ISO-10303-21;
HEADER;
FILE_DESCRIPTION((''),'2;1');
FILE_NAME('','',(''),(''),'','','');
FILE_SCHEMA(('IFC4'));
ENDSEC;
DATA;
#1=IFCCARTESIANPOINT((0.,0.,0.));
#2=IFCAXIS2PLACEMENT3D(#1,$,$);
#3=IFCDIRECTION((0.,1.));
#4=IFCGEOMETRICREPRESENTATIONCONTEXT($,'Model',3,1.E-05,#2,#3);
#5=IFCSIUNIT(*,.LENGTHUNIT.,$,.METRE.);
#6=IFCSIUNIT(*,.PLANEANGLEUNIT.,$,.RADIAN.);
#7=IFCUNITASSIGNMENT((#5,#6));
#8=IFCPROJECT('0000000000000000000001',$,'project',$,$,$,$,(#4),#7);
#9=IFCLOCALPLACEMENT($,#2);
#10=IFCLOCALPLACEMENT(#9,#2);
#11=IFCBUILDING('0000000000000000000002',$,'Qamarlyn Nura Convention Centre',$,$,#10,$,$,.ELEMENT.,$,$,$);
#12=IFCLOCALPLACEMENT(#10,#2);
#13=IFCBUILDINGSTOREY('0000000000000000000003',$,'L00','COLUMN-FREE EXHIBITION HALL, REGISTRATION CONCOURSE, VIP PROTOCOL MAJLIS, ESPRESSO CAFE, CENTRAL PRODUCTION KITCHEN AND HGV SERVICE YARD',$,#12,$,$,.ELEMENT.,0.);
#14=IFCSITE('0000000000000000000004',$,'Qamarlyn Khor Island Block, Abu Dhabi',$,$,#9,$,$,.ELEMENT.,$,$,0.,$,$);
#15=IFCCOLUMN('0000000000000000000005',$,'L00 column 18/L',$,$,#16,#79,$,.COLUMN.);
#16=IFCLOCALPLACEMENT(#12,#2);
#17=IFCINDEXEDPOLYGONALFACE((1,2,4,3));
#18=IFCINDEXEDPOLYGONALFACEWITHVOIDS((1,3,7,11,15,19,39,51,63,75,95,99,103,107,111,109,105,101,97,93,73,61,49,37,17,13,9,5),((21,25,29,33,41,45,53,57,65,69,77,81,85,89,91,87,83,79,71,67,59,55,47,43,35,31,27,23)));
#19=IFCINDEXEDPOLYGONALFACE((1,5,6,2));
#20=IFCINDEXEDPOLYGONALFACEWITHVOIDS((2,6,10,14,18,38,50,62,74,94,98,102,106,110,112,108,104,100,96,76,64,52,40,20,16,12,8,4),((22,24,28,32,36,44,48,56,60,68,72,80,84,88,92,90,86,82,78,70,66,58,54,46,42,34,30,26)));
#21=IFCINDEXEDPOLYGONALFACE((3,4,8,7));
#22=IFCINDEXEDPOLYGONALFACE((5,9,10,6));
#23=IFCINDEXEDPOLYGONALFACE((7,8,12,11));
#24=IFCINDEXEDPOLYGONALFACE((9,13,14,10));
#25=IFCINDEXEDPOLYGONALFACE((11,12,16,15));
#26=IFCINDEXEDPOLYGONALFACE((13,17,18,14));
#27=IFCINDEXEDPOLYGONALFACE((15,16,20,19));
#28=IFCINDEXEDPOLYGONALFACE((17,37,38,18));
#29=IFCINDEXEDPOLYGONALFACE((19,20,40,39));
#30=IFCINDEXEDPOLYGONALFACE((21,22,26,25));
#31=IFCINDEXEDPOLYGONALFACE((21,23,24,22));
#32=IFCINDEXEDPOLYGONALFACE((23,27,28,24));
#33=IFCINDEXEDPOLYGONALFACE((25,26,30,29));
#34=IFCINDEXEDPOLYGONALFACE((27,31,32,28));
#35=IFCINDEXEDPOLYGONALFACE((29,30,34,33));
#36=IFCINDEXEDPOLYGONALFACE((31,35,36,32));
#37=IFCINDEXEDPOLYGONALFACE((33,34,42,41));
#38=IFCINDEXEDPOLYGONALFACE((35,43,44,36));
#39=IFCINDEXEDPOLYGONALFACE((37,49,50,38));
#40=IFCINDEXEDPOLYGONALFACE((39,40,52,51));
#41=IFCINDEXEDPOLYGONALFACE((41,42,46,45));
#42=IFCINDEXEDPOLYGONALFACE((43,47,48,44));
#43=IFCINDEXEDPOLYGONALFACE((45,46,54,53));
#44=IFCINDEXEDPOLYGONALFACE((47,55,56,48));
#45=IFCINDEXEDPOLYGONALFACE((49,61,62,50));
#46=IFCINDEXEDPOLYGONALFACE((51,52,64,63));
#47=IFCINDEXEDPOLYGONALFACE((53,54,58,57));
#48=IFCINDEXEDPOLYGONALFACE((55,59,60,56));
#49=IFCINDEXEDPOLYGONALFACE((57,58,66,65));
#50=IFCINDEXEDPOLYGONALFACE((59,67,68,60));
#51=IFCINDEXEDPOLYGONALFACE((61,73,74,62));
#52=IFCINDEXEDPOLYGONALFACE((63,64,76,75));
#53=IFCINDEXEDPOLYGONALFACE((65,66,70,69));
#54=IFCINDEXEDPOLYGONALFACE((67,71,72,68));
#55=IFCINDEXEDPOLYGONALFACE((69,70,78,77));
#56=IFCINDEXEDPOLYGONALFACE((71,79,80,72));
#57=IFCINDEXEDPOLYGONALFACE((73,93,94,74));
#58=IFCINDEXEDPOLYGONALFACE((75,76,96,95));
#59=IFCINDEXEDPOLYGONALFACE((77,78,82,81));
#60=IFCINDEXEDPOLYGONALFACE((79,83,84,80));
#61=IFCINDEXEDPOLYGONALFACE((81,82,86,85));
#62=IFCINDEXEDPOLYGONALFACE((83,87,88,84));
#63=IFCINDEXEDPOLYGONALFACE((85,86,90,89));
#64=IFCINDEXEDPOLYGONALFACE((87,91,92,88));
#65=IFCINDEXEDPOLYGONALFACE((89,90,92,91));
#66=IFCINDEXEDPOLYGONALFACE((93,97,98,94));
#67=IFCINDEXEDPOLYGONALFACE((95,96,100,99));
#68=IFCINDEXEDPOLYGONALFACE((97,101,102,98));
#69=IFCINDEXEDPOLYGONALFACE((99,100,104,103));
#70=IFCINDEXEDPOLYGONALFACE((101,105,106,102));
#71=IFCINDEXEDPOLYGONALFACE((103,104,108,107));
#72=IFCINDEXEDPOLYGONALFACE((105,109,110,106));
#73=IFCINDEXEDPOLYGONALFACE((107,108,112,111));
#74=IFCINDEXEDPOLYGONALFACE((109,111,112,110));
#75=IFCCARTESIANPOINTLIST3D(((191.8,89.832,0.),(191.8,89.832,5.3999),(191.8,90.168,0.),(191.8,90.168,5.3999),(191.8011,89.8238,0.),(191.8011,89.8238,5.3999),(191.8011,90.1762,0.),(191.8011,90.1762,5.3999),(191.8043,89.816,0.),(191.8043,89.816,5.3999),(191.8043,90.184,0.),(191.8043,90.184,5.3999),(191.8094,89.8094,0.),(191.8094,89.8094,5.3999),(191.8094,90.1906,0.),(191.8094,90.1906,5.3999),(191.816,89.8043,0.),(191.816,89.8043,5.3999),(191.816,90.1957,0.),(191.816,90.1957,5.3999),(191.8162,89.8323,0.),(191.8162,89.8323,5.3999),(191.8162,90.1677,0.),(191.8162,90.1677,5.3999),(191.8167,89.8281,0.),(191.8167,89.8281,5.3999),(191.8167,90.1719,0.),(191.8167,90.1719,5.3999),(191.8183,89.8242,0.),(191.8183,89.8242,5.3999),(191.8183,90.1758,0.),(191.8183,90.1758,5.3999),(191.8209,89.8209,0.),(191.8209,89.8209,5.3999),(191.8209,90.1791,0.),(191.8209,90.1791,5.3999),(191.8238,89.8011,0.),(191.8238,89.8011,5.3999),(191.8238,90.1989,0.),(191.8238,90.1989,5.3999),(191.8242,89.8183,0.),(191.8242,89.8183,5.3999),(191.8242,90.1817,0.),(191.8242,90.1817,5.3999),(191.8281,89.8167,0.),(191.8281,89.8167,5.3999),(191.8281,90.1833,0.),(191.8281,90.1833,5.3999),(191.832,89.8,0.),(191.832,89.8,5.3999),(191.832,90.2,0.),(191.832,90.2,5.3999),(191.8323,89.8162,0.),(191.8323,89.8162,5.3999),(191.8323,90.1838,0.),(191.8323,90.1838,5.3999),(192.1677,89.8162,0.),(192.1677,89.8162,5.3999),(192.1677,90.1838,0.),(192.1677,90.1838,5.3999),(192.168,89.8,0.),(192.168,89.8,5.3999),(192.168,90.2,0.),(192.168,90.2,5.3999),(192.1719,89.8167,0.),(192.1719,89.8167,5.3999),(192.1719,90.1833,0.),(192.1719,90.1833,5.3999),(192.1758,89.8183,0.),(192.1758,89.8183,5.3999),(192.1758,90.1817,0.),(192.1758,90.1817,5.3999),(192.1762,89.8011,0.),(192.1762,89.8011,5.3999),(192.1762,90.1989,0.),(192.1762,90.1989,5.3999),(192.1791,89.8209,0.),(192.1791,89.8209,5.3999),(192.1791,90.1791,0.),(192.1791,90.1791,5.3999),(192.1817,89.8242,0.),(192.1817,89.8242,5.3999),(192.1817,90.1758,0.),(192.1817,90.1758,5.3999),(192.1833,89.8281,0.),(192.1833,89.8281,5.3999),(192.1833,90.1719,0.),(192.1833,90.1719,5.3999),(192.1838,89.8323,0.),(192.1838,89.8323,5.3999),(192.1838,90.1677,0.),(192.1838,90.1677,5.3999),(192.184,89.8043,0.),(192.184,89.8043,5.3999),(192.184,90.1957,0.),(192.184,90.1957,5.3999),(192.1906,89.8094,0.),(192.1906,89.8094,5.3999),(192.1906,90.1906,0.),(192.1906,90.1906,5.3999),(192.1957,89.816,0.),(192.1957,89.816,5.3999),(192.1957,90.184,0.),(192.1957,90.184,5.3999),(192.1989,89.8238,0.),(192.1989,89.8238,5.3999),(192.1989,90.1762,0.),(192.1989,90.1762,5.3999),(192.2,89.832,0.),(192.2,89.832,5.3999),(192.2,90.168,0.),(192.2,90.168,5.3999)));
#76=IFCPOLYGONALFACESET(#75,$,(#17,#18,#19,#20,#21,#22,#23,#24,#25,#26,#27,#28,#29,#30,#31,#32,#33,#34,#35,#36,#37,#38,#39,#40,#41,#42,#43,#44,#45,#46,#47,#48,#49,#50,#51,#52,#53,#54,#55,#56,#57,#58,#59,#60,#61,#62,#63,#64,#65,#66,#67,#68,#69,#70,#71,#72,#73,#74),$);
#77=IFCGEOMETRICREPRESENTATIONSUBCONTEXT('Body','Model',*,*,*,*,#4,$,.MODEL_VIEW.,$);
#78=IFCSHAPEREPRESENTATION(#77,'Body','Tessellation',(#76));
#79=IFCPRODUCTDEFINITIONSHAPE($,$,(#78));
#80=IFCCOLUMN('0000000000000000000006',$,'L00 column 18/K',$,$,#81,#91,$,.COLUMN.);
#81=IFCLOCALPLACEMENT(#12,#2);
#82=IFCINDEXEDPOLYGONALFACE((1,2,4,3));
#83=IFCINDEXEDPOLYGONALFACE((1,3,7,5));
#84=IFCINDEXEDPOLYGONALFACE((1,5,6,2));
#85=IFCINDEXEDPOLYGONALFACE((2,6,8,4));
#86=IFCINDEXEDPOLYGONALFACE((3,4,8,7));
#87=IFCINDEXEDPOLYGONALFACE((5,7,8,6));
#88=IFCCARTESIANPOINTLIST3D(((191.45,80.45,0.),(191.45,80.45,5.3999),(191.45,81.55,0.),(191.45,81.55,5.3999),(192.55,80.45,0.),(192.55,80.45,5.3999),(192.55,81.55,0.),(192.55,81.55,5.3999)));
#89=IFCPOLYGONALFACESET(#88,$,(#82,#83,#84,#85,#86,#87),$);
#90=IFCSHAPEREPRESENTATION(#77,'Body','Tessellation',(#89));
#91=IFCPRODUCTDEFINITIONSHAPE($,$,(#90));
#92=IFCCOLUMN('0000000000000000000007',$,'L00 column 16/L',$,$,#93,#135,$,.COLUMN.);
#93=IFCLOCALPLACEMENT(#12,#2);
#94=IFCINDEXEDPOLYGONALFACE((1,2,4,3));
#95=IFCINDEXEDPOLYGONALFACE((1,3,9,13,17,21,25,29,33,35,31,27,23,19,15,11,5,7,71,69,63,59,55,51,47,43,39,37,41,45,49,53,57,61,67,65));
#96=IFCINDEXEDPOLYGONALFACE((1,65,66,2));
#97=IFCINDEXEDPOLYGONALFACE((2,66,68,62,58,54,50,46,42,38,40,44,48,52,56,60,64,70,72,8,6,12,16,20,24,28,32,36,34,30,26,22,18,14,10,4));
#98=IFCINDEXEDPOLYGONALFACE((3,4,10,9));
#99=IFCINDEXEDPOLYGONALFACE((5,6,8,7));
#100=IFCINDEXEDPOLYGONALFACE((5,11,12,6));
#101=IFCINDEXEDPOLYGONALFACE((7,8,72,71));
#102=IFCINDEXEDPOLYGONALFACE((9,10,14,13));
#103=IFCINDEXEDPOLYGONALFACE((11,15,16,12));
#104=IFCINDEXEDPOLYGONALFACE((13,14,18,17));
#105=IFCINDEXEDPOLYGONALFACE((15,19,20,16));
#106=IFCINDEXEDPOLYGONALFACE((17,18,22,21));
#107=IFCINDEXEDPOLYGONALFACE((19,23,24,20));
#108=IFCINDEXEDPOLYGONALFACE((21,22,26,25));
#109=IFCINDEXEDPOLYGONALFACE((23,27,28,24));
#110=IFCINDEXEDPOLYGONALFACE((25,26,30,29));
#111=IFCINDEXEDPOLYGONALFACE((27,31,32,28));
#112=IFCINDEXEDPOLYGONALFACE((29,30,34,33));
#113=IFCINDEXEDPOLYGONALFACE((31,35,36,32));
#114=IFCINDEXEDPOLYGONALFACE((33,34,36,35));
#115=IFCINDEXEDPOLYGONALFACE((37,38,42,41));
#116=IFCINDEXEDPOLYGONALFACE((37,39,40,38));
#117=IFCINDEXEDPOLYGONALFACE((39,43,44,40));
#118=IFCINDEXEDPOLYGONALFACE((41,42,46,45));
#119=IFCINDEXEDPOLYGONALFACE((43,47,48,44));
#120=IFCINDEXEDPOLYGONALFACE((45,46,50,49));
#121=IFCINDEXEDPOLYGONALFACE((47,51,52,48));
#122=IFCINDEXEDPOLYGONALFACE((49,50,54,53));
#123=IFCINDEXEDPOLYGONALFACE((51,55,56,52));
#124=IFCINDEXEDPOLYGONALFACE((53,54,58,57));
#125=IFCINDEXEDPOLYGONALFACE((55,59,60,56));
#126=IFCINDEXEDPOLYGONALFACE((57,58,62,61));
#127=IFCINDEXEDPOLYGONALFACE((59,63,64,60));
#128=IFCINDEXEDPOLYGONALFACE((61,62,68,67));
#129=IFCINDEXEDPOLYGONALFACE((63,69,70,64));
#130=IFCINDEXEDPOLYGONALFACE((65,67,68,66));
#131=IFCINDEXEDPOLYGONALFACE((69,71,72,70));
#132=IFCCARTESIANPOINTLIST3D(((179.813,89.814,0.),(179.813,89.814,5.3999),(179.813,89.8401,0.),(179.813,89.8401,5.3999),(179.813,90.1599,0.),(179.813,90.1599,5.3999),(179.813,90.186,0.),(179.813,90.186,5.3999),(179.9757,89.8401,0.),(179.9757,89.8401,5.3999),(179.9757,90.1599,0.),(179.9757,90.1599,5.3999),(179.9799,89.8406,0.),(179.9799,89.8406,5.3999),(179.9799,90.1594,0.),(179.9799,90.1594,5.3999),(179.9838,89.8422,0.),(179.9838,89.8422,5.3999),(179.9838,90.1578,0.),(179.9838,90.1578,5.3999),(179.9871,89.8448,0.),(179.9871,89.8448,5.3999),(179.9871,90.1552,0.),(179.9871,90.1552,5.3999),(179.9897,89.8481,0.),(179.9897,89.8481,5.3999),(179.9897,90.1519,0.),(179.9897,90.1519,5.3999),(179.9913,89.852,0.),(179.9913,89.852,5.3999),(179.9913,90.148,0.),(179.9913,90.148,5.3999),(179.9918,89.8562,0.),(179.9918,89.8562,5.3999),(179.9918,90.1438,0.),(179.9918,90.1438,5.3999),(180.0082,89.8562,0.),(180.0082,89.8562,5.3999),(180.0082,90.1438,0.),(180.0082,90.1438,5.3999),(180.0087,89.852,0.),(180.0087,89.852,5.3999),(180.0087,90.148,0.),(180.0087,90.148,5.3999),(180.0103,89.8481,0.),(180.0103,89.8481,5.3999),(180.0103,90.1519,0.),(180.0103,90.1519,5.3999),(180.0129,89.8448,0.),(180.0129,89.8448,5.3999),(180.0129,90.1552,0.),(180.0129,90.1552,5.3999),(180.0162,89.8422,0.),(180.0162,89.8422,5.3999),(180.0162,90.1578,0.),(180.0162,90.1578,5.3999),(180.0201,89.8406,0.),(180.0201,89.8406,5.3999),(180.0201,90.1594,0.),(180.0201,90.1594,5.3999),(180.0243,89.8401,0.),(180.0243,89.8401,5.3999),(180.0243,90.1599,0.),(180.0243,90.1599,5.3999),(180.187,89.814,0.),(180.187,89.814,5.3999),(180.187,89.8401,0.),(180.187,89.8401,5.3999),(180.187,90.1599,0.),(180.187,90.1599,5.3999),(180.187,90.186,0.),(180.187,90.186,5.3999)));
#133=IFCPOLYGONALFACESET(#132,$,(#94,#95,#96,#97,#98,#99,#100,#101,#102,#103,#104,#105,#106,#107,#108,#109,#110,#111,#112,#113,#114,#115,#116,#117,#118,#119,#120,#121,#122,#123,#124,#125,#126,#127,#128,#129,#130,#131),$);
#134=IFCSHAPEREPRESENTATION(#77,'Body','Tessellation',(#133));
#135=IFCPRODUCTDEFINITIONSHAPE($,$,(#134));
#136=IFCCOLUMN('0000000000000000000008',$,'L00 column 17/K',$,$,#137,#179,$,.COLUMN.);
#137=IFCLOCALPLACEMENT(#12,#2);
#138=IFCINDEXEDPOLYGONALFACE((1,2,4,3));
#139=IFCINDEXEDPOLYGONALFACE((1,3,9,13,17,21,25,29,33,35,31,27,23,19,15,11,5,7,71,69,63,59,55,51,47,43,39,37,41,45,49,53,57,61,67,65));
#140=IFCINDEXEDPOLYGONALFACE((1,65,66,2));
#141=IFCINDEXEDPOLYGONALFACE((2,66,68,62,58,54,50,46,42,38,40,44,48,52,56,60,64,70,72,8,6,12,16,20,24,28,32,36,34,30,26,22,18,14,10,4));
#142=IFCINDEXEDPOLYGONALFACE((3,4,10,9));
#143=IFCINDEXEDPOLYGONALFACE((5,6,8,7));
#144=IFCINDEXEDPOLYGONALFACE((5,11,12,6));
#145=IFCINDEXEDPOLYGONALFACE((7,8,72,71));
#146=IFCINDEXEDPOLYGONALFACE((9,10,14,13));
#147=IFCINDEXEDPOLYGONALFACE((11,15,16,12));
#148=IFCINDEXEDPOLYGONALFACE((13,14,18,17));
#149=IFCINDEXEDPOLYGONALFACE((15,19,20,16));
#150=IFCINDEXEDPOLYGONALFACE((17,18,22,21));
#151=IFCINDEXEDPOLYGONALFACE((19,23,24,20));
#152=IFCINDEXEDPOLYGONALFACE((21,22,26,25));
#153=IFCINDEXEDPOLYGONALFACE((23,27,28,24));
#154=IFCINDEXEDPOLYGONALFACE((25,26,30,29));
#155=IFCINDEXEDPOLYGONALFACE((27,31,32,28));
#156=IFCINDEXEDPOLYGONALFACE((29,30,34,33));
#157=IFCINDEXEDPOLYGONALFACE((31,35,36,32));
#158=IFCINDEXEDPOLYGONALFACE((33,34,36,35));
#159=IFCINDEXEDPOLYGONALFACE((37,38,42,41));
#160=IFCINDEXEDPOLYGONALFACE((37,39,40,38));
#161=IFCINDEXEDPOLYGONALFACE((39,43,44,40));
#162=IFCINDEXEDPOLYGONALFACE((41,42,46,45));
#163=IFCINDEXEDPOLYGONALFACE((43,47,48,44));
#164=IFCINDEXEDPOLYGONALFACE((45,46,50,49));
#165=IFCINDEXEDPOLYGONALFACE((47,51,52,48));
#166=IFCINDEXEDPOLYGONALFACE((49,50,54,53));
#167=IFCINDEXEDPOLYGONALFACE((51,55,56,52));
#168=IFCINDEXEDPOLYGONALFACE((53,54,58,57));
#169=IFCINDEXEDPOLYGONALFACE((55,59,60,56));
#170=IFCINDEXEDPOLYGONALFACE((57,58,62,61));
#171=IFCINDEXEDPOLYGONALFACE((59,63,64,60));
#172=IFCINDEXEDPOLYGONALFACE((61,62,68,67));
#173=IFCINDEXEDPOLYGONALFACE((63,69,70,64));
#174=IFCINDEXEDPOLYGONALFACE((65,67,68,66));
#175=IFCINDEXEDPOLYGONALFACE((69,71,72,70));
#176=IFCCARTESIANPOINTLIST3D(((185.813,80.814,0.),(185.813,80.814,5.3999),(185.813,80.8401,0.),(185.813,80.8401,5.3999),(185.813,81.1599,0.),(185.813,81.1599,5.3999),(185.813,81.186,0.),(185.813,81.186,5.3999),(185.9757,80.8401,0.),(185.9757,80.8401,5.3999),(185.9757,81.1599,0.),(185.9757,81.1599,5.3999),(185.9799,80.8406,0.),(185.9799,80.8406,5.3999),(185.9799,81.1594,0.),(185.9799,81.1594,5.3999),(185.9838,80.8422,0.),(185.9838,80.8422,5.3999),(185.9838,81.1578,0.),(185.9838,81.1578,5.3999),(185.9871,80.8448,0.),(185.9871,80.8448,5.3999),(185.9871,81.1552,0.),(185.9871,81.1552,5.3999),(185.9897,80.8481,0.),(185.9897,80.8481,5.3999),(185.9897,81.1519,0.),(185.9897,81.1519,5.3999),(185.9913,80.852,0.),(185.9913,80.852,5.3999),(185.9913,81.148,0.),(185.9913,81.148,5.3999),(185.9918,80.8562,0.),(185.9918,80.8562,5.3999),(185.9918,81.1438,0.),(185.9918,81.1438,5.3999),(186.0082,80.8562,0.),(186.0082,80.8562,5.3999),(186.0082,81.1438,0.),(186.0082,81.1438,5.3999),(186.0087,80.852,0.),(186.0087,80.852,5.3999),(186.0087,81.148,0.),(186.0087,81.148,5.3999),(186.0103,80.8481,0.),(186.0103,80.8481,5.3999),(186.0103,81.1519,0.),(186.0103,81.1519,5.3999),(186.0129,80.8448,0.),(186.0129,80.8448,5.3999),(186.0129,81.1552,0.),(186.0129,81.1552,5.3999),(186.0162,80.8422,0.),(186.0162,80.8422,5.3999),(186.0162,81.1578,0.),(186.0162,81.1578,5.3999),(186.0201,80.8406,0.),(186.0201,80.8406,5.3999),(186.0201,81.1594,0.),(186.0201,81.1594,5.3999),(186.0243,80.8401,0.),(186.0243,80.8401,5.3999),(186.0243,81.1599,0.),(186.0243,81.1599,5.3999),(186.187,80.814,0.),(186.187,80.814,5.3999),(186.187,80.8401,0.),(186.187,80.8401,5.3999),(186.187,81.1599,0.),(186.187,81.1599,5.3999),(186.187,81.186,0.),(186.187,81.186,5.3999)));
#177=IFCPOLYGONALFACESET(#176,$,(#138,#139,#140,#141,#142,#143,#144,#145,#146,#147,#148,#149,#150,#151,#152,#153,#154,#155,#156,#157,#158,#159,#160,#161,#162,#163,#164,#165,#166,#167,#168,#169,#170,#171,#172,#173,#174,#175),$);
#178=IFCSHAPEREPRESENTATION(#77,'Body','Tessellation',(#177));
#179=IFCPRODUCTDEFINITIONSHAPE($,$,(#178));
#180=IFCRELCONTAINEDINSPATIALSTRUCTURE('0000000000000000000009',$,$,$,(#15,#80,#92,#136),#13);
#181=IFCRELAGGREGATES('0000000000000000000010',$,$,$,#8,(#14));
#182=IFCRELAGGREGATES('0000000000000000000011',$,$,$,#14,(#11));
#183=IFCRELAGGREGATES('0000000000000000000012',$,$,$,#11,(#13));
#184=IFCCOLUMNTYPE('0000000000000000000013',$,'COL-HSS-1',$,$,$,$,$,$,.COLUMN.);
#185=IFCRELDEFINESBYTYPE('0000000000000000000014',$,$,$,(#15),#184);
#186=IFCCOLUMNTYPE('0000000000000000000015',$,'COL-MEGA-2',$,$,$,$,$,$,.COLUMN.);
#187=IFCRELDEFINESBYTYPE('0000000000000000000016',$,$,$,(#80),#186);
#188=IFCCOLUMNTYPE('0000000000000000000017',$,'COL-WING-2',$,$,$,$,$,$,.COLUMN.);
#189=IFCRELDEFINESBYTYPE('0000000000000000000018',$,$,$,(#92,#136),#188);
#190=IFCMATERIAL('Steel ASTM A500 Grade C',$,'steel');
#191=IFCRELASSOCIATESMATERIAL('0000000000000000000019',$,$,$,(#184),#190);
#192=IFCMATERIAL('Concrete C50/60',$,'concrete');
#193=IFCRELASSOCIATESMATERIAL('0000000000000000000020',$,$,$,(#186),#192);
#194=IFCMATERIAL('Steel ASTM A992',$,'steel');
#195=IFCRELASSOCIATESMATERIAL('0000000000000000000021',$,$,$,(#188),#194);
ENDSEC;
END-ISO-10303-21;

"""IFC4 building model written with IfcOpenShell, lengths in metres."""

from ifc_helpers import new_model, si_unit, direction, frame, origin, origin_2d, place, context, subcontext, project, spatial, rectangle, hollow_rectangle, i_section, extrude, material, material_profile, profile_set, type_object, element, save


model = new_model("IFC4")

# Units and contexts
model_context = context("Model", 3, precision=1e-05, world=origin(), true_north=direction((0.0, 1.0)))
body_context = subcontext(model_context, "Body", "Model", "MODEL_VIEW")
ifc_project = project(units=[si_unit("LENGTHUNIT", "METRE"), si_unit("PLANEANGLEUNIT", "RADIAN")], contexts=[model_context])

# Site, building, storey
site_placement = place(None, origin())
site = spatial("IfcSite", under=ifc_project, at=site_placement, Name="Qamarlyn Khor Island Block, Abu Dhabi", CompositionType="ELEMENT", RefElevation=0.0)
building_placement = place(site_placement, origin())
building = spatial("IfcBuilding", under=site, at=building_placement, Name="Qamarlyn Nura Convention Centre", CompositionType="ELEMENT")
storey_placement = place(building_placement, origin())
storey = spatial("IfcBuildingStorey", under=building, at=storey_placement, Name="L00", Description="COLUMN-FREE EXHIBITION HALL, REGISTRATION CONCOURSE, VIP PROTOCOL MAJLIS, ESPRESSO CAFE, CENTRAL PRODUCTION KITCHEN AND HGV SERVICE YARD", CompositionType="ELEMENT", Elevation=0.0)

# Columns
ifc_material_1 = material(Name="Steel ASTM A500 Grade C", Category="steel")
ifc_material_profile_1 = material_profile(ifc_material_1, hollow_rectangle(XDim=0.3999, YDim=0.3999, WallThickness=0.0161, InnerFilletRadius=0.0161, OuterFilletRadius=0.032, at=origin_2d()), Name="HSS400X400X16")
ifc_profile_set_1 = profile_set([ifc_material_profile_1], Name="Steel ASTM A500 Grade C")
column_type_1 = type_object("IfcColumnType", Name="COL-HSS-1", PredefinedType="COLUMN", material=ifc_profile_set_1)
column_1_placement = place(storey_placement, frame((192.0, 90.0, 0.0), z_axis=(0.0, 0.0, 1.0), x_axis=(1.0, 0.0, 0.0)))
element("IfcColumn", 1, at=column_1_placement, inside=storey, type_object=column_type_1, Name="L00 column 18/L", PredefinedType="COLUMN", context=body_context, shape_type="SweptSolid", body=[
    extrude(hollow_rectangle(XDim=0.3999, YDim=0.3999, WallThickness=0.0161, InnerFilletRadius=0.0161, OuterFilletRadius=0.032, at=origin_2d()), origin(), (0.0, 0.0, 1.0), 5.3999),
])
ifc_material_2 = material(Name="Concrete C50/60", Category="concrete")
ifc_material_profile_2 = material_profile(ifc_material_2, rectangle(XDim=1.1001, YDim=1.1001, at=origin_2d()), Name="RC 1100x1100")
ifc_profile_set_2 = profile_set([ifc_material_profile_2], Name="Concrete C50/60")
column_type_2 = type_object("IfcColumnType", Name="COL-MEGA-2", PredefinedType="COLUMN", material=ifc_profile_set_2)
column_2_placement = place(storey_placement, frame((192.0, 81.0, 0.0), z_axis=(0.0, 0.0, 1.0), x_axis=(1.0, 0.0, 0.0)))
element("IfcColumn", 2, at=column_2_placement, inside=storey, type_object=column_type_2, Name="L00 column 18/K", PredefinedType="COLUMN", context=body_context, shape_type="SweptSolid", body=[
    extrude(rectangle(XDim=1.1001, YDim=1.1001, at=origin_2d()), origin(), (0.0, 0.0, 1.0), 5.3999),
])
ifc_material_3 = material(Name="Steel ASTM A992", Category="steel")
ifc_material_profile_3 = material_profile(ifc_material_3, i_section(OverallWidth=0.374, OverallDepth=0.3721, WebThickness=0.0164, FlangeThickness=0.0261, FilletRadius=0.0161, at=origin_2d()), Name="W360X196")
ifc_profile_set_3 = profile_set([ifc_material_profile_3], Name="Steel ASTM A992")
column_type_3 = type_object("IfcColumnType", Name="COL-WING-2", PredefinedType="COLUMN", material=ifc_profile_set_3)
for number, where, z_axis, x_axis, name in (
    (3, (180.0, 90.0, 0.0), (0.0, 0.0, 1.0), (1.0, 0.0, 0.0), "L00 column 16/L"),
    (4, (186.0, 81.0, 0.0), (0.0, 0.0, 1.0), (1.0, 0.0, 0.0), "L00 column 17/K"),
):
    element("IfcColumn", number, at=place(storey_placement, frame(where, z_axis=z_axis, x_axis=x_axis)), inside=storey, type_object=column_type_3, Name=name, PredefinedType="COLUMN", context=body_context, shape_type="SweptSolid", body=[
        extrude(i_section(OverallWidth=0.374, OverallDepth=0.3721, WebThickness=0.0164, FlangeThickness=0.0261, FilletRadius=0.0161, at=origin_2d()), origin(), (0.0, 0.0, 1.0), 5.3999),
    ])

save(model, "model.ifc")
